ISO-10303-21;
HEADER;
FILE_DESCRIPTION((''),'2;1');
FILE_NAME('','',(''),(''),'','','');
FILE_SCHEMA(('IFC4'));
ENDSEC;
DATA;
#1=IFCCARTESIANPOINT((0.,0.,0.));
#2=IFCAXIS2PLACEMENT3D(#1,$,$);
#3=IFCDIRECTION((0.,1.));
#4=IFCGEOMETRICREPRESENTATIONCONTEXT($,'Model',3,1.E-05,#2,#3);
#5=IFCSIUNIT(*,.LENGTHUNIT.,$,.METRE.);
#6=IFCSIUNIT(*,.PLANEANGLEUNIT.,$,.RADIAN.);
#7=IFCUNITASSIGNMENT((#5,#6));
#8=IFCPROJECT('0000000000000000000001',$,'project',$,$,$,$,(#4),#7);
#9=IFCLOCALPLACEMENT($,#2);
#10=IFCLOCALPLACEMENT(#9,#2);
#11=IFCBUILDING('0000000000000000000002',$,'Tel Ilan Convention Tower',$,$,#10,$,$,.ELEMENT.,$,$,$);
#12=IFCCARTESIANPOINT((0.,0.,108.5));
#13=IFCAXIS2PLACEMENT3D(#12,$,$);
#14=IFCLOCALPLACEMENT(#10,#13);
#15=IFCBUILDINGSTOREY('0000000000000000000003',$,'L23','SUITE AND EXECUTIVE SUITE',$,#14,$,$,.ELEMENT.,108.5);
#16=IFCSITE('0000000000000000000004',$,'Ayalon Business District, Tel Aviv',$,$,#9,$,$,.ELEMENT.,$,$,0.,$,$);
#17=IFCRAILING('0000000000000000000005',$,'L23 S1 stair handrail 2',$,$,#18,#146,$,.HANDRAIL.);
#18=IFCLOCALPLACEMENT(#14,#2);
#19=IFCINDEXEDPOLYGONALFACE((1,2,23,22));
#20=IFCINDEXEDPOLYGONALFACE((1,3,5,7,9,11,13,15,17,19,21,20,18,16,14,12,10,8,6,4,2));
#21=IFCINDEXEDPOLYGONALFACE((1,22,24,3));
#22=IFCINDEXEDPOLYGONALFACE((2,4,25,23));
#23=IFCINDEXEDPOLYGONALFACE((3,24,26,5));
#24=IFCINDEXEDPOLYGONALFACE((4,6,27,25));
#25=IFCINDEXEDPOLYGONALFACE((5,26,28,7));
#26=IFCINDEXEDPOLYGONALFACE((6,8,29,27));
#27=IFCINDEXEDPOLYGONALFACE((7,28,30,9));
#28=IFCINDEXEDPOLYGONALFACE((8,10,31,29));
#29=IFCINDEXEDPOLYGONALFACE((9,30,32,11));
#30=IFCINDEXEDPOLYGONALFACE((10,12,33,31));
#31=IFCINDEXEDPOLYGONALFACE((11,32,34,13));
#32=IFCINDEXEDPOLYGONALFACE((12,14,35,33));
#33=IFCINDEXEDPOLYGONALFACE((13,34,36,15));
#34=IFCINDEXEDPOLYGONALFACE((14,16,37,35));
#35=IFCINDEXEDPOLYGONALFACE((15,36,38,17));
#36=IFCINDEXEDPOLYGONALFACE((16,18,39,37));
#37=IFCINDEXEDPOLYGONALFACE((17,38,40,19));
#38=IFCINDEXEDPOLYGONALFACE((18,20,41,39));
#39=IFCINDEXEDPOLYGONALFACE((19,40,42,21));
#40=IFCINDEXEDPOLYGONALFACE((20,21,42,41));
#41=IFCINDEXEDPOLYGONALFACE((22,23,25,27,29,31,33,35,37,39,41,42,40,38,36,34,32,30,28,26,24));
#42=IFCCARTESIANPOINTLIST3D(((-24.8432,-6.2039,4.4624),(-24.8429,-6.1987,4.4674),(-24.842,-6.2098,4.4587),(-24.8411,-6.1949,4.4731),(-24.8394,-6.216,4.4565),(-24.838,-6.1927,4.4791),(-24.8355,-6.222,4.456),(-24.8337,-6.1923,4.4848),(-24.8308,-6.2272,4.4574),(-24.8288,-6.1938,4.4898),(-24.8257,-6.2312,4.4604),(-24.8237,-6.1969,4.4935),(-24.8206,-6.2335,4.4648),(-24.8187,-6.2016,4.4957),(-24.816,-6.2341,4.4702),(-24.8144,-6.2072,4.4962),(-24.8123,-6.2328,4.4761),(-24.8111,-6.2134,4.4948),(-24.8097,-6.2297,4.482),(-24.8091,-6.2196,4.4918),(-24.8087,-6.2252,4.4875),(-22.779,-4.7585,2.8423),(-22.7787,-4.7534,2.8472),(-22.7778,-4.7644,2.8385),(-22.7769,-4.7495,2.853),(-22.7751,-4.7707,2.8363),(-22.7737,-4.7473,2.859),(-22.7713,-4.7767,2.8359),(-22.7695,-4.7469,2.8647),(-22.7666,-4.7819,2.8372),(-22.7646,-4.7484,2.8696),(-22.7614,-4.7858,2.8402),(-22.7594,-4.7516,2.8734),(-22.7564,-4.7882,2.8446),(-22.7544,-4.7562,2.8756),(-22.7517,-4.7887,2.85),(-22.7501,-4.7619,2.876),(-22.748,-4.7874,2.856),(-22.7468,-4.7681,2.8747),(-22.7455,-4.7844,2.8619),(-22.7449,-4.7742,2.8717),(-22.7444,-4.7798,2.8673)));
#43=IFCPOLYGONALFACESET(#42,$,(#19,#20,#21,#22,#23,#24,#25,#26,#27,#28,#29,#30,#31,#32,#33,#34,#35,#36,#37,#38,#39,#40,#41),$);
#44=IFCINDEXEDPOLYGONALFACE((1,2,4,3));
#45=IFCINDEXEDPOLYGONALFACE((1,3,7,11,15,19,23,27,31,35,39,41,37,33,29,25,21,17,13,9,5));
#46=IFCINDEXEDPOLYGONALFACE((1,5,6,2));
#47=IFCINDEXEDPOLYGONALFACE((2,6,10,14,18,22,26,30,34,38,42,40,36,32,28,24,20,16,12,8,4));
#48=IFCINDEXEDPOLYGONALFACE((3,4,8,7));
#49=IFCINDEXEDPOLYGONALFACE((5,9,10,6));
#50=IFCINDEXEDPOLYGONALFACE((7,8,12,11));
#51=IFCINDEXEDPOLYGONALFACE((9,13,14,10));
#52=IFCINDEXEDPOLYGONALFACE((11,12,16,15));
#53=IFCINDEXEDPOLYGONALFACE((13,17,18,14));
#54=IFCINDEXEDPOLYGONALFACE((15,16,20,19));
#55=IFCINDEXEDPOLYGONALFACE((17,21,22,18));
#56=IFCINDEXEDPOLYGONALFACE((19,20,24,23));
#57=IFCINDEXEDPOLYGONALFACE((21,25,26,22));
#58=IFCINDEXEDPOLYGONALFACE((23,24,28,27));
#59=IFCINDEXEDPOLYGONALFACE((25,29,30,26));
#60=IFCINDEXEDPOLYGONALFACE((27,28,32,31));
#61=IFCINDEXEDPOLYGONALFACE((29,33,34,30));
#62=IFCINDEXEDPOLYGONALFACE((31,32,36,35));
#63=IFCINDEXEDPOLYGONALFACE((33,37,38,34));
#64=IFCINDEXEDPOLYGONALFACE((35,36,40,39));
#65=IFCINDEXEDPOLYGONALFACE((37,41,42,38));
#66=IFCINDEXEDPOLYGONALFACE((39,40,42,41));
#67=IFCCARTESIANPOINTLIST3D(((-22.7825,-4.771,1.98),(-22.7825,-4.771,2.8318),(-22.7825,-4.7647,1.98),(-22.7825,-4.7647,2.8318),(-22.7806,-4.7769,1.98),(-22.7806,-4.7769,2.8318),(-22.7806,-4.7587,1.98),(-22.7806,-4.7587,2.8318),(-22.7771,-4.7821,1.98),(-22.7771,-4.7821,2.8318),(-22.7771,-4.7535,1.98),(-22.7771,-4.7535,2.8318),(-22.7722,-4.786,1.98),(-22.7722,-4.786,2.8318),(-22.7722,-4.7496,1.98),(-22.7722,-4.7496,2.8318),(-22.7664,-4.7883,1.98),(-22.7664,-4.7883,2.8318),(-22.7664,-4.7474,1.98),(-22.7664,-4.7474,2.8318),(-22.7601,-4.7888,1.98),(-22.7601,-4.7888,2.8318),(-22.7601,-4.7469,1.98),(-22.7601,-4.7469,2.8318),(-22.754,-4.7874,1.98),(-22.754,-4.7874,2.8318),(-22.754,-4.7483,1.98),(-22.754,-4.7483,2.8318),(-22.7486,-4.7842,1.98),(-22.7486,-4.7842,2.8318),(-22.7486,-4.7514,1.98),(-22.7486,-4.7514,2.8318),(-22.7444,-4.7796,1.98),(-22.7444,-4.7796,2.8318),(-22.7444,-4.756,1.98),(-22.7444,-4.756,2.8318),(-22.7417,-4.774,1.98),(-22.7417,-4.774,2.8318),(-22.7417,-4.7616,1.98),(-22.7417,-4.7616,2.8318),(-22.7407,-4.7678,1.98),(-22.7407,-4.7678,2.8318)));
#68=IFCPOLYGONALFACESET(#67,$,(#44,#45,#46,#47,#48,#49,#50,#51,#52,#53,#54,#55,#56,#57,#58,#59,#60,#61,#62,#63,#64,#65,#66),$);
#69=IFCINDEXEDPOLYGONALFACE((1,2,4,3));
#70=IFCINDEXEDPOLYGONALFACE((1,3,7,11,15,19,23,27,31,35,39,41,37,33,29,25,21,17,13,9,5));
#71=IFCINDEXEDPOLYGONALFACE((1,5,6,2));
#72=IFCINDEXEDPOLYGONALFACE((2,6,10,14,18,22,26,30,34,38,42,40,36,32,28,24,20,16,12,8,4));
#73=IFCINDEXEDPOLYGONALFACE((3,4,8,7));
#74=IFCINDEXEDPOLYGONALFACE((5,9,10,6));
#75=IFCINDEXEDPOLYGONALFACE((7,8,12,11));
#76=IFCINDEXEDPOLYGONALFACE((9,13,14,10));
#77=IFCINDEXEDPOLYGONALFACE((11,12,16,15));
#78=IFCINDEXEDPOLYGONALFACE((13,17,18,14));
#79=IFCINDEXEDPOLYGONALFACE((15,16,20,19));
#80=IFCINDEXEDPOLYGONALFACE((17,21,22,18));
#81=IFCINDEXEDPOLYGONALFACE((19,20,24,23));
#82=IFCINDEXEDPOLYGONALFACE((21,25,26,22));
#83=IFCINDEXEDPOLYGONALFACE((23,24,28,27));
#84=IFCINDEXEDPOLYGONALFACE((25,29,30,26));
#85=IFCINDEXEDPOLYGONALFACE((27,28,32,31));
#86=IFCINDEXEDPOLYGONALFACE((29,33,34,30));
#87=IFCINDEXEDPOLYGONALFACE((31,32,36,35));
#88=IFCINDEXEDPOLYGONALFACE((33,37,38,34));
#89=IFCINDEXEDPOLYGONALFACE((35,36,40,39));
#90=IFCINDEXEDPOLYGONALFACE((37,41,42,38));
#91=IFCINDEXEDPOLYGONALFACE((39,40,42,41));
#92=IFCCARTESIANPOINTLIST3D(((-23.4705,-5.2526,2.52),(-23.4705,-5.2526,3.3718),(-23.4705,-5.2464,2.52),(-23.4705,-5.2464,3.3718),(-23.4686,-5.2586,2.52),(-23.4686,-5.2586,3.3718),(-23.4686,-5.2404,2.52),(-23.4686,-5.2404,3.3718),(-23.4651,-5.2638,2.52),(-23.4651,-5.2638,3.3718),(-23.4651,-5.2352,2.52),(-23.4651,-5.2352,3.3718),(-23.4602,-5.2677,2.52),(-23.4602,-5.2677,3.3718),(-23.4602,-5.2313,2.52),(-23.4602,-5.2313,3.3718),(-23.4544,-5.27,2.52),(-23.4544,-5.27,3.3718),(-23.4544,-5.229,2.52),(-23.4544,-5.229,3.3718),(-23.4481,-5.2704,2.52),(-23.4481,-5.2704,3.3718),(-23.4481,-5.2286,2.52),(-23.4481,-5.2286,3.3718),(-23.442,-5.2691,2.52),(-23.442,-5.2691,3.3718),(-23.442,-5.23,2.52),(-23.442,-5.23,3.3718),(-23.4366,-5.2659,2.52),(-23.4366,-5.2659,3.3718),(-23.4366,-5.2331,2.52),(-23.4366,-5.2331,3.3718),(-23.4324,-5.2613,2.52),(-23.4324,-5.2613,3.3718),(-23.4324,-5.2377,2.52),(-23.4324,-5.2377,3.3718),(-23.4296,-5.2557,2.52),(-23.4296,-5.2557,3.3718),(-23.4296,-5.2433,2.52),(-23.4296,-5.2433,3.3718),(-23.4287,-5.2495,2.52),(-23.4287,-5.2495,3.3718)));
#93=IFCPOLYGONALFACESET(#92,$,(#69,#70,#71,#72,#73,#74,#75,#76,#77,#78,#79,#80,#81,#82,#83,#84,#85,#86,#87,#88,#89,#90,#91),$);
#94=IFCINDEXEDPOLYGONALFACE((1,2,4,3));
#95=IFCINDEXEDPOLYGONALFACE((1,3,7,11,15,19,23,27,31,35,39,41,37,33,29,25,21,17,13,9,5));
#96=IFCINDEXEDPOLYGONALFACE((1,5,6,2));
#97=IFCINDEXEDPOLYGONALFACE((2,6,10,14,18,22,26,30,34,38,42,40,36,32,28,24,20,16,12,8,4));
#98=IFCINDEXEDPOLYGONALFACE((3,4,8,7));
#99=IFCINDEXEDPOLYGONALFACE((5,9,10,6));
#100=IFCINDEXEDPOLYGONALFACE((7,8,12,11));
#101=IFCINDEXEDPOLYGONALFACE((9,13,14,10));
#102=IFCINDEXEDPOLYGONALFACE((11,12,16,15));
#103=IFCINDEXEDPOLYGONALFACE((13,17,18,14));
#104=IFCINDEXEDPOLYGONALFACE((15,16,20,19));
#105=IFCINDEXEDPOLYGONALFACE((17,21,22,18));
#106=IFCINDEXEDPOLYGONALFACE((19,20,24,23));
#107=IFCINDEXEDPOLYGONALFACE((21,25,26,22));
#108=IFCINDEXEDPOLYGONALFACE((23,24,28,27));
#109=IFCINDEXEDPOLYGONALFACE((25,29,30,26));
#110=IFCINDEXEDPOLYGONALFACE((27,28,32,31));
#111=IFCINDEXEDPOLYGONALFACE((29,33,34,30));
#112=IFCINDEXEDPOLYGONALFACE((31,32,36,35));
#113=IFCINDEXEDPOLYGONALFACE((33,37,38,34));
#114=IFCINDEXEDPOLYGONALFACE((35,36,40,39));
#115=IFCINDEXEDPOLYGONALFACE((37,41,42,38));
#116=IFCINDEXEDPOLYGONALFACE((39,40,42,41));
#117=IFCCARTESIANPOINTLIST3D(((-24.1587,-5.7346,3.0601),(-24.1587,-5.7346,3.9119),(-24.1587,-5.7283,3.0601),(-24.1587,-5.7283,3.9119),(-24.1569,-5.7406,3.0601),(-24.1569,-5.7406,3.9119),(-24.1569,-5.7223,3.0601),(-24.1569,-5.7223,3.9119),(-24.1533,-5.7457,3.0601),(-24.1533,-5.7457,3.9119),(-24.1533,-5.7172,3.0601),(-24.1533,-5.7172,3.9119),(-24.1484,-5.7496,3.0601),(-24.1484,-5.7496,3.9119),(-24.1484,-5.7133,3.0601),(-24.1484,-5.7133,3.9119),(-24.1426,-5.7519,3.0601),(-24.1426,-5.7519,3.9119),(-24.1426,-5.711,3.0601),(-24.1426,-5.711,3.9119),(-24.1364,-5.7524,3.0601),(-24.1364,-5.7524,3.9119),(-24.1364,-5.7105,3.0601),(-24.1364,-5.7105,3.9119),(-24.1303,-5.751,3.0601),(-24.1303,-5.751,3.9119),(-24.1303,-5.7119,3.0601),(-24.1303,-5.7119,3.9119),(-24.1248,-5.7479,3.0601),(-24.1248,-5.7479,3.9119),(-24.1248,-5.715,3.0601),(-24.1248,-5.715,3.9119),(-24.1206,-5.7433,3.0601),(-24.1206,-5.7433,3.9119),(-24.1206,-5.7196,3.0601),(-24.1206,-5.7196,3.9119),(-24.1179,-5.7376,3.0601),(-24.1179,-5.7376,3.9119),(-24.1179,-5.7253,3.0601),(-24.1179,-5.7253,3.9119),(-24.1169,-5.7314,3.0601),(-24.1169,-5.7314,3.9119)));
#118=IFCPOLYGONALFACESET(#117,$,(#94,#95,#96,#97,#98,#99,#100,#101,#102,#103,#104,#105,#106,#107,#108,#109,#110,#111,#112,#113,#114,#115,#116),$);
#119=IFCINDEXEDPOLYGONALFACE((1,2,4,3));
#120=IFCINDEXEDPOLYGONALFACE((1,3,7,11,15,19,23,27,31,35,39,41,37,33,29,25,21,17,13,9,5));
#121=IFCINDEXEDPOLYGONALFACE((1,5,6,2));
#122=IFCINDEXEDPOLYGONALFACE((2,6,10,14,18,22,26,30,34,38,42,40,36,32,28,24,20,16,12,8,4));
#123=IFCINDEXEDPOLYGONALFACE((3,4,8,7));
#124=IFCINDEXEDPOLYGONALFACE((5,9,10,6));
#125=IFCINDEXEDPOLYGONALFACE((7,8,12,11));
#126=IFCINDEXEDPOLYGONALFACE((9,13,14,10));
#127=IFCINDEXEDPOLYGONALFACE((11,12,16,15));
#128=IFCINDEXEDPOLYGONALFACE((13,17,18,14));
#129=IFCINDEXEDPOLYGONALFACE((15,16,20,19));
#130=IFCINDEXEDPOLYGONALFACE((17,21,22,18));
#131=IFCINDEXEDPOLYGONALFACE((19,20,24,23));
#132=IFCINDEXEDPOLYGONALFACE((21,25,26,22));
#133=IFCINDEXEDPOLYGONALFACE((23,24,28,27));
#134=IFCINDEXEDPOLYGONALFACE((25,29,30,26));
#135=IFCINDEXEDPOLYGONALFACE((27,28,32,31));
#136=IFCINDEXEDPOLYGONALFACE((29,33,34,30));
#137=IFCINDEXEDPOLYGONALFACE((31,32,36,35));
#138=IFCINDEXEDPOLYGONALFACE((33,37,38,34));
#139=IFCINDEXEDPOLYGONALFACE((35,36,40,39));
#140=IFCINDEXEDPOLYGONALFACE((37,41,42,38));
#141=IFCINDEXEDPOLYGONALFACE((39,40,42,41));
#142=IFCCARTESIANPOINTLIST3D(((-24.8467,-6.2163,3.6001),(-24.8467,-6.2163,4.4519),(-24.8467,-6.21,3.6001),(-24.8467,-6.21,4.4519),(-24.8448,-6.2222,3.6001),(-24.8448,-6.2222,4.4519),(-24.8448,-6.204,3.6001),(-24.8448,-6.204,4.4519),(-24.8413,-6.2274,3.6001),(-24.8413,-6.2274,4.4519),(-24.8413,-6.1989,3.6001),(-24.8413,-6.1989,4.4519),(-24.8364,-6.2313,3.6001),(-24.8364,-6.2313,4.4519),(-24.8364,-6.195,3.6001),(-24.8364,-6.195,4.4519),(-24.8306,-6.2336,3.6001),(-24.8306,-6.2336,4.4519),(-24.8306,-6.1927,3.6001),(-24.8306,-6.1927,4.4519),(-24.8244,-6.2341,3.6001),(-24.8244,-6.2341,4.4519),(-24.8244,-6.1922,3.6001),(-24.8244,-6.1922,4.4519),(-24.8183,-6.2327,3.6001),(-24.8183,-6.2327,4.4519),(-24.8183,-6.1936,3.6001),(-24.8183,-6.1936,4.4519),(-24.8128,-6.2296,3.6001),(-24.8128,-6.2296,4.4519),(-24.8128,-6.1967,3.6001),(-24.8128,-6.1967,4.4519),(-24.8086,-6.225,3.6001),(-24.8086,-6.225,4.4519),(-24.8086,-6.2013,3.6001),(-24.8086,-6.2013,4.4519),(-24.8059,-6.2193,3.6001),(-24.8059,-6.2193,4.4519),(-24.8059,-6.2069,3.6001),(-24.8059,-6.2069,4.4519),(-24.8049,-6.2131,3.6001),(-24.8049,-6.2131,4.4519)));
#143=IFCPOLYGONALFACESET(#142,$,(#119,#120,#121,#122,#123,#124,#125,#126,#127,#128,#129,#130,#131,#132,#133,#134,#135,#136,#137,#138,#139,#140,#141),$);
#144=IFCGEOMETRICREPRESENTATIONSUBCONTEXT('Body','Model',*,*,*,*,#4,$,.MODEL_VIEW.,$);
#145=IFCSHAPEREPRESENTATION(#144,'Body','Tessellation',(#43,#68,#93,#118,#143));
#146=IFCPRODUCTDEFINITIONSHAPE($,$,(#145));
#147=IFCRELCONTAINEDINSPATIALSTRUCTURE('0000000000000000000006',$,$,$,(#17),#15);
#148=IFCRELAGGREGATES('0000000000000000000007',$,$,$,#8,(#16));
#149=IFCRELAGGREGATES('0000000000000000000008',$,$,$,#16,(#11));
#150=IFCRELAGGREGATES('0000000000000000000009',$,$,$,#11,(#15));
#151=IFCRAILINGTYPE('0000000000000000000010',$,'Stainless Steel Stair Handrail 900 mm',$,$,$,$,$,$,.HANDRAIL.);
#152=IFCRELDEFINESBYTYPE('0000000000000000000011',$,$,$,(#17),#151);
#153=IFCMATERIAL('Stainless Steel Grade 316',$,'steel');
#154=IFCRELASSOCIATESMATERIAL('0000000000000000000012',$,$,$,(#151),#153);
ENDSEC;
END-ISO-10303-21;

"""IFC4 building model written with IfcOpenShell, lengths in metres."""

from ifc_helpers import new_model, si_unit, direction, frame, origin, origin_2d, place, context, subcontext, project, spatial, circle, extrude, material, type_object, element, save


model = new_model("IFC4")

# Units and contexts
model_context = context("Model", 3, precision=1e-05, world=origin(), true_north=direction((0.0, 1.0)))
body_context = subcontext(model_context, "Body", "Model", "MODEL_VIEW")
ifc_project = project(units=[si_unit("LENGTHUNIT", "METRE"), si_unit("PLANEANGLEUNIT", "RADIAN")], contexts=[model_context])

# Site, building, storey
site_placement = place(None, origin())
site = spatial("IfcSite", under=ifc_project, at=site_placement, Name="Ayalon Business District, Tel Aviv", CompositionType="ELEMENT", RefElevation=0.0)
building_placement = place(site_placement, origin())
building = spatial("IfcBuilding", under=site, at=building_placement, Name="Tel Ilan Convention Tower", CompositionType="ELEMENT")
storey_placement = place(building_placement, frame((0.0, 0.0, 108.5)))
storey = spatial("IfcBuildingStorey", under=building, at=storey_placement, Name="L23", Description="SUITE AND EXECUTIVE SUITE", CompositionType="ELEMENT", Elevation=108.5)

# Railing
ifc_material_1 = material(Name="Stainless Steel Grade 316", Category="steel")
railing_type_1 = type_object("IfcRailingType", Name="Stainless Steel Stair Handrail 900 mm", PredefinedType="HANDRAIL", material=ifc_material_1)
railing_1_placement = place(storey_placement, frame((-22.7617, -4.7678, 1.98)))
element("IfcRailing", 1, at=railing_1_placement, inside=storey, type_object=railing_type_1, Name="L23 S1 stair handrail 2", PredefinedType="HANDRAIL", context=body_context, shape_type="SweptSolid", body=[
    extrude(circle(Radius=0.0239, at=origin_2d()), frame((0.0, 0.0, 0.876), z_axis=(-0.68904, -0.48245, 0.540801), x_axis=(0.57356, -0.819164, 0.0)), (0.0, 0.0, 1.0), 2.9958),
    extrude(circle(Radius=0.021, at=origin_2d()), origin(), (0.0, 0.0, 1.0), 0.8518),
    extrude(circle(Radius=0.021, at=origin_2d()), frame((-0.688, -0.4817, 0.54)), (0.0, 0.0, 1.0), 0.8518),
    extrude(circle(Radius=0.021, at=origin_2d()), frame((-1.3762, -0.9636, 1.0801)), (0.0, 0.0, 1.0), 0.8518),
    extrude(circle(Radius=0.021, at=origin_2d()), frame((-2.0642, -1.4453, 1.6201)), (0.0, 0.0, 1.0), 0.8518),
])

save(model, "model.ifc")
